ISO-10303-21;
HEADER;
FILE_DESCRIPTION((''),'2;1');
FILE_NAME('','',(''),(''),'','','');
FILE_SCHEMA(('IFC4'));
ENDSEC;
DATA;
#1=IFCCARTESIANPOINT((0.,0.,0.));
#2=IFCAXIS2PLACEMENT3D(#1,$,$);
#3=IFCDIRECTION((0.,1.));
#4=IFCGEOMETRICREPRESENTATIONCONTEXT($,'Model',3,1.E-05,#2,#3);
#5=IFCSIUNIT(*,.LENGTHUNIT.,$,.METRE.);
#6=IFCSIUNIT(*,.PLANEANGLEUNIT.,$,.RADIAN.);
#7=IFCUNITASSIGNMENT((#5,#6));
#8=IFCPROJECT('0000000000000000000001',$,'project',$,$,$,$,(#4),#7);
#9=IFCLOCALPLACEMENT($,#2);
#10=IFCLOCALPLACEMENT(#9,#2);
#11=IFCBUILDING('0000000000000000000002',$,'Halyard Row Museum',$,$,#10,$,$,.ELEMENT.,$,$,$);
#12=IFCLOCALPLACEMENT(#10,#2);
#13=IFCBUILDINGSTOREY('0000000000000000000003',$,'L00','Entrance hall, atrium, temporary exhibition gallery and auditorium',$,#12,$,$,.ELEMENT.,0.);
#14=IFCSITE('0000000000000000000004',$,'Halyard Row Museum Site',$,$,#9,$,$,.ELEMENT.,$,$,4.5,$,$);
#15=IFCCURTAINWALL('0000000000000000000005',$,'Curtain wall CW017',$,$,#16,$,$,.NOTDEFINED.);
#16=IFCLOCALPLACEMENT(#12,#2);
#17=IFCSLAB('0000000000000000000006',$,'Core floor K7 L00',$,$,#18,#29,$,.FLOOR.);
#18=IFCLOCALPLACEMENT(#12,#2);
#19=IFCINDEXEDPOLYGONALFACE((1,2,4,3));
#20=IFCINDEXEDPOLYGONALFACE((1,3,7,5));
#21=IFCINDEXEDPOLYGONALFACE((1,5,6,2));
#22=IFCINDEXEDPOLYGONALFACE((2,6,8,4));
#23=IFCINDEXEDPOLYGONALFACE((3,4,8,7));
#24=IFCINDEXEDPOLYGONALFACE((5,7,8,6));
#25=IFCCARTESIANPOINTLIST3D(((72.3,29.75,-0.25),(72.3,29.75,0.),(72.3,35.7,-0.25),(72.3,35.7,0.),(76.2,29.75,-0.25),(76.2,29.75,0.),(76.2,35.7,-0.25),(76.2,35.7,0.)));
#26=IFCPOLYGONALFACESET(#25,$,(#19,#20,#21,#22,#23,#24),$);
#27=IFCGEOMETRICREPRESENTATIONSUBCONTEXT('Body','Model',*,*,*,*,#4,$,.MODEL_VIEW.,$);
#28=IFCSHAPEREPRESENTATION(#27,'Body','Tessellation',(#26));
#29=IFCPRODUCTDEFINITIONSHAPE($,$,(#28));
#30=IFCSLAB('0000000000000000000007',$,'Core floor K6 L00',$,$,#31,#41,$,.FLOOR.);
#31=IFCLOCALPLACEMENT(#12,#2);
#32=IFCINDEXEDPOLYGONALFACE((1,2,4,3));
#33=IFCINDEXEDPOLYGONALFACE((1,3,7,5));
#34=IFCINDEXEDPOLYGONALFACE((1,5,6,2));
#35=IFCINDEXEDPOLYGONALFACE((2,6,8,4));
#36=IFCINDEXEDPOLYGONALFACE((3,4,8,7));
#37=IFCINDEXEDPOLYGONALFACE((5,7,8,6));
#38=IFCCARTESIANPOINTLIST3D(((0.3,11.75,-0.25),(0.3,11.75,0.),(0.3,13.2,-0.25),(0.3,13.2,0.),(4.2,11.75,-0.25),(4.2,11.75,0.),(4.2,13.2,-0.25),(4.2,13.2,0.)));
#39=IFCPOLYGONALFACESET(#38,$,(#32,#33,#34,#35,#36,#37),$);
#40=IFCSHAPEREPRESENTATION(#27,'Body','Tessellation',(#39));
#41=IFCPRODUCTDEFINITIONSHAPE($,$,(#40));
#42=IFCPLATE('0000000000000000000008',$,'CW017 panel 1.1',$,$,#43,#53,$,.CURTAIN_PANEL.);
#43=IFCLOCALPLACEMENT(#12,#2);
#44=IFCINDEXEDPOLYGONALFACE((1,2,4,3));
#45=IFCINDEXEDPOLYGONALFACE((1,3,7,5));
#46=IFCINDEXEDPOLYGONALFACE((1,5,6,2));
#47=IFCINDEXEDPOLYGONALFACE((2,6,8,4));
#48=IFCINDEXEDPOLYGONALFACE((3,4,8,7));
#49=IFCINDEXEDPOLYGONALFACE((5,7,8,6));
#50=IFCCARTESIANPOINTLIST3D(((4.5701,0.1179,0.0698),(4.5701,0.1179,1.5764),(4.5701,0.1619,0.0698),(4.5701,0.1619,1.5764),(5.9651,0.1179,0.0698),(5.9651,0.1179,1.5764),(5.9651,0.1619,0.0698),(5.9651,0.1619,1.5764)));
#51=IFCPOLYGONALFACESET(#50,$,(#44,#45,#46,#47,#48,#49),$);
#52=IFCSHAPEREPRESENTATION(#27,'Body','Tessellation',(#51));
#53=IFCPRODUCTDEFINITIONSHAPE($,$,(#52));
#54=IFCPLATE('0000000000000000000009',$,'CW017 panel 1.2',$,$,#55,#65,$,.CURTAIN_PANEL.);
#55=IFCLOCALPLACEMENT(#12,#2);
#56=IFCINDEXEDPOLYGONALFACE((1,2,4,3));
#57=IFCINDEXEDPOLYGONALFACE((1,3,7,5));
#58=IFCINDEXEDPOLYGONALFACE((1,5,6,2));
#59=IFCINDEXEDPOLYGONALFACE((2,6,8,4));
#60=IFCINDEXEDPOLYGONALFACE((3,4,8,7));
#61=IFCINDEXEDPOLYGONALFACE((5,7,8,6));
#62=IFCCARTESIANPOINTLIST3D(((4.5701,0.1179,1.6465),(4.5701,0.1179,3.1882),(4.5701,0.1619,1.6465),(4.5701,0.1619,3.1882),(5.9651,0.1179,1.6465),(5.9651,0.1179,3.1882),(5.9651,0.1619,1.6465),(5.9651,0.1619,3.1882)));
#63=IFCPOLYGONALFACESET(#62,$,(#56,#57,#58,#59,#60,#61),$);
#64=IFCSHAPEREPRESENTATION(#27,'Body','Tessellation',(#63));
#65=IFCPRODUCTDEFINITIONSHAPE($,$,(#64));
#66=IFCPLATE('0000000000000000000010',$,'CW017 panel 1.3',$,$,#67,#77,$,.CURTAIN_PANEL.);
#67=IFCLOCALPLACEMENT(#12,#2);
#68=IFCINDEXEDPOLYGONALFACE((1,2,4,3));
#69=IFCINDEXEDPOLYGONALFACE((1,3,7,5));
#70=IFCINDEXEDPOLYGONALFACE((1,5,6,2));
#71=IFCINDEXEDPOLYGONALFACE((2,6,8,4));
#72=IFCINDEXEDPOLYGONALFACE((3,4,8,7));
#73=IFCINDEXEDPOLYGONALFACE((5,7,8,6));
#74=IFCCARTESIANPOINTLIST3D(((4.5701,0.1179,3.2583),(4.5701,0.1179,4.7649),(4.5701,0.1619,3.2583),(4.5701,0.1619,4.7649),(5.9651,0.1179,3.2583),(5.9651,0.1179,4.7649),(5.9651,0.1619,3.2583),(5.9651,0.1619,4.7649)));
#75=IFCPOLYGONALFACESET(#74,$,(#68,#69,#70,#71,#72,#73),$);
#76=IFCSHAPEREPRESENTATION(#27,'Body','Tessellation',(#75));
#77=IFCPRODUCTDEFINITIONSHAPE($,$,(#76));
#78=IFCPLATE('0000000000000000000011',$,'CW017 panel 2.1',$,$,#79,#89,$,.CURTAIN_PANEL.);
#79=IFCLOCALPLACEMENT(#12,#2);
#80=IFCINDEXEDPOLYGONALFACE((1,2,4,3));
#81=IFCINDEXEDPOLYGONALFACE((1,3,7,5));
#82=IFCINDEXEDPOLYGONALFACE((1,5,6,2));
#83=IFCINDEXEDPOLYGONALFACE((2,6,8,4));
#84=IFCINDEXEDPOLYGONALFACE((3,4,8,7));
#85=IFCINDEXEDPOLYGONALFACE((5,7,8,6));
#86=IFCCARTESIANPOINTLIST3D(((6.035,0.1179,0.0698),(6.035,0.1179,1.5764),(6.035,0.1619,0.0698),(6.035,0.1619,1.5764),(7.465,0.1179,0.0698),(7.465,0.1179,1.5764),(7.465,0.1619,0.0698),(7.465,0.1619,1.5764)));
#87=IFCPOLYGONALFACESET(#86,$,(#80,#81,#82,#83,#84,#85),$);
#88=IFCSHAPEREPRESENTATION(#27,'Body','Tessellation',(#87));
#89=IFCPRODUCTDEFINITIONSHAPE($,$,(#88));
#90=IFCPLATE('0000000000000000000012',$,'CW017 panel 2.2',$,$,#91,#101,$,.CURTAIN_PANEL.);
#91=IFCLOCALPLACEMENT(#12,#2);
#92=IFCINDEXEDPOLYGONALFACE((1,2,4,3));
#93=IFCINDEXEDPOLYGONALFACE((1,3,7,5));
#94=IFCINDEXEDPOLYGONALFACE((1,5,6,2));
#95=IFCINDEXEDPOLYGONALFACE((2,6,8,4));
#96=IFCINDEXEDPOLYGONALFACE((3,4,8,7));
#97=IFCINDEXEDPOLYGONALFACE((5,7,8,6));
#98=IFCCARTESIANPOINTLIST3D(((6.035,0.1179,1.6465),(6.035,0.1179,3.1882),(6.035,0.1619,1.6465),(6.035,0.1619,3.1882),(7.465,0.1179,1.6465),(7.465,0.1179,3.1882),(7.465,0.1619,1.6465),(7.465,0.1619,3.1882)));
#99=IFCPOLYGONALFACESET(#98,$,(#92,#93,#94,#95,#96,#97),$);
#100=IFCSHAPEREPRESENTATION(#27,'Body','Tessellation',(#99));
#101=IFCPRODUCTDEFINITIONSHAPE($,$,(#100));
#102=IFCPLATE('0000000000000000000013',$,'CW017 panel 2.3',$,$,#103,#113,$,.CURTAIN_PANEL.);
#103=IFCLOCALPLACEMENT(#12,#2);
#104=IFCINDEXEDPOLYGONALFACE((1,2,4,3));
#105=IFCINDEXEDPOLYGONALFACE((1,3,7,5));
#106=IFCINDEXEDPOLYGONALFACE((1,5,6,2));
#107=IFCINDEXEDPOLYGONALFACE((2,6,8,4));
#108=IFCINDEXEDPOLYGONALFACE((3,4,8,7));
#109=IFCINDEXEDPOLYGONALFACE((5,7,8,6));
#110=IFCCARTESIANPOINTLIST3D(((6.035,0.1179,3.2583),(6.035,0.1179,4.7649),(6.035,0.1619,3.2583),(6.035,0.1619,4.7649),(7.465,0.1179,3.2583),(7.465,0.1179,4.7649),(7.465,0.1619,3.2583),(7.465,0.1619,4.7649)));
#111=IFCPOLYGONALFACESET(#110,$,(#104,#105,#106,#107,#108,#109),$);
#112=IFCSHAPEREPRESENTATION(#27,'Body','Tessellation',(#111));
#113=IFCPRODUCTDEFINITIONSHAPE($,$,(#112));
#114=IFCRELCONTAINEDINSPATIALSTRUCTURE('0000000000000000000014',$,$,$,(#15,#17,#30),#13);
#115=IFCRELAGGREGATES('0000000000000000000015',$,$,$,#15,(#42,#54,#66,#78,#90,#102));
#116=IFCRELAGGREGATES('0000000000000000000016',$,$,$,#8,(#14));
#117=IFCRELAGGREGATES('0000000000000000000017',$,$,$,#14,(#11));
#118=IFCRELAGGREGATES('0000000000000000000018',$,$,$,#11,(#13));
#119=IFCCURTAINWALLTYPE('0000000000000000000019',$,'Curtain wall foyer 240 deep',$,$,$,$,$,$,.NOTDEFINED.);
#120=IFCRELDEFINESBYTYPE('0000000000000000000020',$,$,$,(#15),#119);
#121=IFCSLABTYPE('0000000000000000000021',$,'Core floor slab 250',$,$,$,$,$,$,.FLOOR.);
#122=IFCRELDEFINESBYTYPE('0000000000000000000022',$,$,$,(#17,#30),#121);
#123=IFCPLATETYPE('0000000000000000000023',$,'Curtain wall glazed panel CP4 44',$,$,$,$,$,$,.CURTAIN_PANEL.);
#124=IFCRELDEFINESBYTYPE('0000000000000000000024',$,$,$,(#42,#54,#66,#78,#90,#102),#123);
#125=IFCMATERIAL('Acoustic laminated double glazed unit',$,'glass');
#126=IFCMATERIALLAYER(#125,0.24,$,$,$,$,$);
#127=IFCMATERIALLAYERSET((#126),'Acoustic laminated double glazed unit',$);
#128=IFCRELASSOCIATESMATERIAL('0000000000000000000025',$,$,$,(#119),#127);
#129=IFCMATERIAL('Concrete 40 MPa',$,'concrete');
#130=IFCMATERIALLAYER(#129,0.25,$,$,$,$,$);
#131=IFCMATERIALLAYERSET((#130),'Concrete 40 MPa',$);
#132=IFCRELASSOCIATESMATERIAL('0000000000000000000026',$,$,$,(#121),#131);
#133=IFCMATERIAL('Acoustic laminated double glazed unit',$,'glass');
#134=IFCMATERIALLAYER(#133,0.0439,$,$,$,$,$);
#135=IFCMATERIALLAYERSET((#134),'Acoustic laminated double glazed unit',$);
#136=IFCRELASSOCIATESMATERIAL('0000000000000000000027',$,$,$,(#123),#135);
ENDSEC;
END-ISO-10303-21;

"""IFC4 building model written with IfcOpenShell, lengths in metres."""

from ifc_helpers import new_model, si_unit, direction, frame, origin, origin_2d, place, context, subcontext, project, spatial, polyline, rectangle, outline, extrude, material, layer, layer_set, type_object, element, aggregate, save


model = new_model("IFC4")

# Units and contexts
model_context = context("Model", 3, precision=1e-05, world=origin(), true_north=direction((0.0, 1.0)))
body_context = subcontext(model_context, "Body", "Model", "MODEL_VIEW")
ifc_project = project(units=[si_unit("LENGTHUNIT", "METRE"), si_unit("PLANEANGLEUNIT", "RADIAN")], contexts=[model_context])

# Site, building, storey
site_placement = place(None, origin())
site = spatial("IfcSite", under=ifc_project, at=site_placement, Name="Halyard Row Museum Site", CompositionType="ELEMENT", RefElevation=4.5)
building_placement = place(site_placement, origin())
building = spatial("IfcBuilding", under=site, at=building_placement, Name="Halyard Row Museum", CompositionType="ELEMENT")
storey_placement = place(building_placement, origin())
storey = spatial("IfcBuildingStorey", under=building, at=storey_placement, Name="L00", Description="Entrance hall, atrium, temporary exhibition gallery and auditorium", CompositionType="ELEMENT", Elevation=0.0)

# Curtain wall
ifc_material_1 = material(Name="Acoustic laminated double glazed unit", Category="glass")
ifc_layer_1 = layer(ifc_material_1, 0.24)
ifc_layer_set_1 = layer_set([ifc_layer_1], Name="Acoustic laminated double glazed unit")
curtain_wall_type = type_object("IfcCurtainWallType", Name="Curtain wall foyer 240 deep", PredefinedType="NOTDEFINED", material=ifc_layer_set_1)
curtain_wall_placement = place(storey_placement, origin())
curtain_wall = element("IfcCurtainWall", 1, at=curtain_wall_placement, inside=storey, type_object=curtain_wall_type, Name="Curtain wall CW017", PredefinedType="NOTDEFINED")

# Slabs
ifc_material_2 = material(Name="Concrete 40 MPa", Category="concrete")
ifc_layer_2 = layer(ifc_material_2, 0.25)
ifc_layer_set_2 = layer_set([ifc_layer_2], Name="Concrete 40 MPa")
slab_type = type_object("IfcSlabType", Name="Core floor slab 250", PredefinedType="FLOOR", material=ifc_layer_set_2)
slab_1_placement = place(storey_placement, frame((0.0, 0.0, -0.25)))
element("IfcSlab", 2, at=slab_1_placement, inside=storey, type_object=slab_type, Name="Core floor K7 L00", PredefinedType="FLOOR", context=body_context, shape_type="SweptSolid", body=[
    extrude(outline(polyline([(76.2, 35.7), (72.3, 35.7), (72.3, 29.75), (76.2, 29.75), (76.2, 35.7)])), origin(), (0.0, 0.0, 1.0), 0.25),
])
slab_2_placement = place(storey_placement, frame((0.0, 0.0, -0.25)))
element("IfcSlab", 3, at=slab_2_placement, inside=storey, type_object=slab_type, Name="Core floor K6 L00", PredefinedType="FLOOR", context=body_context, shape_type="SweptSolid", body=[
    extrude(outline(polyline([(4.2, 13.2), (0.3, 13.2), (0.3, 11.75), (4.2, 11.75), (4.2, 13.2)])), origin(), (0.0, 0.0, 1.0), 0.25),
])

# Plates
ifc_material_3 = material(Name="Acoustic laminated double glazed unit", Category="glass")
ifc_layer_3 = layer(ifc_material_3, 0.0439)
ifc_layer_set_3 = layer_set([ifc_layer_3], Name="Acoustic laminated double glazed unit")
plate_type = type_object("IfcPlateType", Name="Curtain wall glazed panel CP4 44", PredefinedType="CURTAIN_PANEL", material=ifc_layer_set_3)
plate_1_placement = place(storey_placement, frame((5.2676, 0.1399, 0.0698), z_axis=(0.0, 0.0, 1.0), x_axis=(1.0, 0.0, 0.0)))
plate_1 = element("IfcPlate", 4, at=plate_1_placement, type_object=plate_type, Name="CW017 panel 1.1", PredefinedType="CURTAIN_PANEL", context=body_context, shape_type="SweptSolid", body=[
    extrude(rectangle(XDim=1.395, YDim=0.0439, at=origin_2d()), origin(), (0.0, 0.0, 1.0), 1.5066),
])
plate_2_placement = place(storey_placement, frame((5.2676, 0.1399, 1.6465), z_axis=(0.0, 0.0, 1.0), x_axis=(1.0, 0.0, 0.0)))
plate_2 = element("IfcPlate", 5, at=plate_2_placement, type_object=plate_type, Name="CW017 panel 1.2", PredefinedType="CURTAIN_PANEL", context=body_context, shape_type="SweptSolid", body=[
    extrude(rectangle(XDim=1.395, YDim=0.0439, at=origin_2d()), origin(), (0.0, 0.0, 1.0), 1.5417),
])
plate_3_placement = place(storey_placement, frame((5.2676, 0.1399, 3.2583), z_axis=(0.0, 0.0, 1.0), x_axis=(1.0, 0.0, 0.0)))
plate_3 = element("IfcPlate", 6, at=plate_3_placement, type_object=plate_type, Name="CW017 panel 1.3", PredefinedType="CURTAIN_PANEL", context=body_context, shape_type="SweptSolid", body=[
    extrude(rectangle(XDim=1.395, YDim=0.0439, at=origin_2d()), origin(), (0.0, 0.0, 1.0), 1.5066),
])
plate_4_placement = place(storey_placement, frame((6.75, 0.1399, 0.0698), z_axis=(0.0, 0.0, 1.0), x_axis=(1.0, 0.0, 0.0)))
plate_4 = element("IfcPlate", 7, at=plate_4_placement, type_object=plate_type, Name="CW017 panel 2.1", PredefinedType="CURTAIN_PANEL", context=body_context, shape_type="SweptSolid", body=[
    extrude(rectangle(XDim=1.4299, YDim=0.0439, at=origin_2d()), origin(), (0.0, 0.0, 1.0), 1.5066),
])
plate_5_placement = place(storey_placement, frame((6.75, 0.1399, 1.6465), z_axis=(0.0, 0.0, 1.0), x_axis=(1.0, 0.0, 0.0)))
plate_5 = element("IfcPlate", 8, at=plate_5_placement, type_object=plate_type, Name="CW017 panel 2.2", PredefinedType="CURTAIN_PANEL", context=body_context, shape_type="SweptSolid", body=[
    extrude(rectangle(XDim=1.4299, YDim=0.0439, at=origin_2d()), origin(), (0.0, 0.0, 1.0), 1.5417),
])
plate_6_placement = place(storey_placement, frame((6.75, 0.1399, 3.2583), z_axis=(0.0, 0.0, 1.0), x_axis=(1.0, 0.0, 0.0)))
plate_6 = element("IfcPlate", 9, at=plate_6_placement, type_object=plate_type, Name="CW017 panel 2.3", PredefinedType="CURTAIN_PANEL", context=body_context, shape_type="SweptSolid", body=[
    extrude(rectangle(XDim=1.4299, YDim=0.0439, at=origin_2d()), origin(), (0.0, 0.0, 1.0), 1.5066),
])
aggregate(curtain_wall, [plate_1, plate_2, plate_3, plate_4, plate_5, plate_6])

save(model, "model.ifc")
